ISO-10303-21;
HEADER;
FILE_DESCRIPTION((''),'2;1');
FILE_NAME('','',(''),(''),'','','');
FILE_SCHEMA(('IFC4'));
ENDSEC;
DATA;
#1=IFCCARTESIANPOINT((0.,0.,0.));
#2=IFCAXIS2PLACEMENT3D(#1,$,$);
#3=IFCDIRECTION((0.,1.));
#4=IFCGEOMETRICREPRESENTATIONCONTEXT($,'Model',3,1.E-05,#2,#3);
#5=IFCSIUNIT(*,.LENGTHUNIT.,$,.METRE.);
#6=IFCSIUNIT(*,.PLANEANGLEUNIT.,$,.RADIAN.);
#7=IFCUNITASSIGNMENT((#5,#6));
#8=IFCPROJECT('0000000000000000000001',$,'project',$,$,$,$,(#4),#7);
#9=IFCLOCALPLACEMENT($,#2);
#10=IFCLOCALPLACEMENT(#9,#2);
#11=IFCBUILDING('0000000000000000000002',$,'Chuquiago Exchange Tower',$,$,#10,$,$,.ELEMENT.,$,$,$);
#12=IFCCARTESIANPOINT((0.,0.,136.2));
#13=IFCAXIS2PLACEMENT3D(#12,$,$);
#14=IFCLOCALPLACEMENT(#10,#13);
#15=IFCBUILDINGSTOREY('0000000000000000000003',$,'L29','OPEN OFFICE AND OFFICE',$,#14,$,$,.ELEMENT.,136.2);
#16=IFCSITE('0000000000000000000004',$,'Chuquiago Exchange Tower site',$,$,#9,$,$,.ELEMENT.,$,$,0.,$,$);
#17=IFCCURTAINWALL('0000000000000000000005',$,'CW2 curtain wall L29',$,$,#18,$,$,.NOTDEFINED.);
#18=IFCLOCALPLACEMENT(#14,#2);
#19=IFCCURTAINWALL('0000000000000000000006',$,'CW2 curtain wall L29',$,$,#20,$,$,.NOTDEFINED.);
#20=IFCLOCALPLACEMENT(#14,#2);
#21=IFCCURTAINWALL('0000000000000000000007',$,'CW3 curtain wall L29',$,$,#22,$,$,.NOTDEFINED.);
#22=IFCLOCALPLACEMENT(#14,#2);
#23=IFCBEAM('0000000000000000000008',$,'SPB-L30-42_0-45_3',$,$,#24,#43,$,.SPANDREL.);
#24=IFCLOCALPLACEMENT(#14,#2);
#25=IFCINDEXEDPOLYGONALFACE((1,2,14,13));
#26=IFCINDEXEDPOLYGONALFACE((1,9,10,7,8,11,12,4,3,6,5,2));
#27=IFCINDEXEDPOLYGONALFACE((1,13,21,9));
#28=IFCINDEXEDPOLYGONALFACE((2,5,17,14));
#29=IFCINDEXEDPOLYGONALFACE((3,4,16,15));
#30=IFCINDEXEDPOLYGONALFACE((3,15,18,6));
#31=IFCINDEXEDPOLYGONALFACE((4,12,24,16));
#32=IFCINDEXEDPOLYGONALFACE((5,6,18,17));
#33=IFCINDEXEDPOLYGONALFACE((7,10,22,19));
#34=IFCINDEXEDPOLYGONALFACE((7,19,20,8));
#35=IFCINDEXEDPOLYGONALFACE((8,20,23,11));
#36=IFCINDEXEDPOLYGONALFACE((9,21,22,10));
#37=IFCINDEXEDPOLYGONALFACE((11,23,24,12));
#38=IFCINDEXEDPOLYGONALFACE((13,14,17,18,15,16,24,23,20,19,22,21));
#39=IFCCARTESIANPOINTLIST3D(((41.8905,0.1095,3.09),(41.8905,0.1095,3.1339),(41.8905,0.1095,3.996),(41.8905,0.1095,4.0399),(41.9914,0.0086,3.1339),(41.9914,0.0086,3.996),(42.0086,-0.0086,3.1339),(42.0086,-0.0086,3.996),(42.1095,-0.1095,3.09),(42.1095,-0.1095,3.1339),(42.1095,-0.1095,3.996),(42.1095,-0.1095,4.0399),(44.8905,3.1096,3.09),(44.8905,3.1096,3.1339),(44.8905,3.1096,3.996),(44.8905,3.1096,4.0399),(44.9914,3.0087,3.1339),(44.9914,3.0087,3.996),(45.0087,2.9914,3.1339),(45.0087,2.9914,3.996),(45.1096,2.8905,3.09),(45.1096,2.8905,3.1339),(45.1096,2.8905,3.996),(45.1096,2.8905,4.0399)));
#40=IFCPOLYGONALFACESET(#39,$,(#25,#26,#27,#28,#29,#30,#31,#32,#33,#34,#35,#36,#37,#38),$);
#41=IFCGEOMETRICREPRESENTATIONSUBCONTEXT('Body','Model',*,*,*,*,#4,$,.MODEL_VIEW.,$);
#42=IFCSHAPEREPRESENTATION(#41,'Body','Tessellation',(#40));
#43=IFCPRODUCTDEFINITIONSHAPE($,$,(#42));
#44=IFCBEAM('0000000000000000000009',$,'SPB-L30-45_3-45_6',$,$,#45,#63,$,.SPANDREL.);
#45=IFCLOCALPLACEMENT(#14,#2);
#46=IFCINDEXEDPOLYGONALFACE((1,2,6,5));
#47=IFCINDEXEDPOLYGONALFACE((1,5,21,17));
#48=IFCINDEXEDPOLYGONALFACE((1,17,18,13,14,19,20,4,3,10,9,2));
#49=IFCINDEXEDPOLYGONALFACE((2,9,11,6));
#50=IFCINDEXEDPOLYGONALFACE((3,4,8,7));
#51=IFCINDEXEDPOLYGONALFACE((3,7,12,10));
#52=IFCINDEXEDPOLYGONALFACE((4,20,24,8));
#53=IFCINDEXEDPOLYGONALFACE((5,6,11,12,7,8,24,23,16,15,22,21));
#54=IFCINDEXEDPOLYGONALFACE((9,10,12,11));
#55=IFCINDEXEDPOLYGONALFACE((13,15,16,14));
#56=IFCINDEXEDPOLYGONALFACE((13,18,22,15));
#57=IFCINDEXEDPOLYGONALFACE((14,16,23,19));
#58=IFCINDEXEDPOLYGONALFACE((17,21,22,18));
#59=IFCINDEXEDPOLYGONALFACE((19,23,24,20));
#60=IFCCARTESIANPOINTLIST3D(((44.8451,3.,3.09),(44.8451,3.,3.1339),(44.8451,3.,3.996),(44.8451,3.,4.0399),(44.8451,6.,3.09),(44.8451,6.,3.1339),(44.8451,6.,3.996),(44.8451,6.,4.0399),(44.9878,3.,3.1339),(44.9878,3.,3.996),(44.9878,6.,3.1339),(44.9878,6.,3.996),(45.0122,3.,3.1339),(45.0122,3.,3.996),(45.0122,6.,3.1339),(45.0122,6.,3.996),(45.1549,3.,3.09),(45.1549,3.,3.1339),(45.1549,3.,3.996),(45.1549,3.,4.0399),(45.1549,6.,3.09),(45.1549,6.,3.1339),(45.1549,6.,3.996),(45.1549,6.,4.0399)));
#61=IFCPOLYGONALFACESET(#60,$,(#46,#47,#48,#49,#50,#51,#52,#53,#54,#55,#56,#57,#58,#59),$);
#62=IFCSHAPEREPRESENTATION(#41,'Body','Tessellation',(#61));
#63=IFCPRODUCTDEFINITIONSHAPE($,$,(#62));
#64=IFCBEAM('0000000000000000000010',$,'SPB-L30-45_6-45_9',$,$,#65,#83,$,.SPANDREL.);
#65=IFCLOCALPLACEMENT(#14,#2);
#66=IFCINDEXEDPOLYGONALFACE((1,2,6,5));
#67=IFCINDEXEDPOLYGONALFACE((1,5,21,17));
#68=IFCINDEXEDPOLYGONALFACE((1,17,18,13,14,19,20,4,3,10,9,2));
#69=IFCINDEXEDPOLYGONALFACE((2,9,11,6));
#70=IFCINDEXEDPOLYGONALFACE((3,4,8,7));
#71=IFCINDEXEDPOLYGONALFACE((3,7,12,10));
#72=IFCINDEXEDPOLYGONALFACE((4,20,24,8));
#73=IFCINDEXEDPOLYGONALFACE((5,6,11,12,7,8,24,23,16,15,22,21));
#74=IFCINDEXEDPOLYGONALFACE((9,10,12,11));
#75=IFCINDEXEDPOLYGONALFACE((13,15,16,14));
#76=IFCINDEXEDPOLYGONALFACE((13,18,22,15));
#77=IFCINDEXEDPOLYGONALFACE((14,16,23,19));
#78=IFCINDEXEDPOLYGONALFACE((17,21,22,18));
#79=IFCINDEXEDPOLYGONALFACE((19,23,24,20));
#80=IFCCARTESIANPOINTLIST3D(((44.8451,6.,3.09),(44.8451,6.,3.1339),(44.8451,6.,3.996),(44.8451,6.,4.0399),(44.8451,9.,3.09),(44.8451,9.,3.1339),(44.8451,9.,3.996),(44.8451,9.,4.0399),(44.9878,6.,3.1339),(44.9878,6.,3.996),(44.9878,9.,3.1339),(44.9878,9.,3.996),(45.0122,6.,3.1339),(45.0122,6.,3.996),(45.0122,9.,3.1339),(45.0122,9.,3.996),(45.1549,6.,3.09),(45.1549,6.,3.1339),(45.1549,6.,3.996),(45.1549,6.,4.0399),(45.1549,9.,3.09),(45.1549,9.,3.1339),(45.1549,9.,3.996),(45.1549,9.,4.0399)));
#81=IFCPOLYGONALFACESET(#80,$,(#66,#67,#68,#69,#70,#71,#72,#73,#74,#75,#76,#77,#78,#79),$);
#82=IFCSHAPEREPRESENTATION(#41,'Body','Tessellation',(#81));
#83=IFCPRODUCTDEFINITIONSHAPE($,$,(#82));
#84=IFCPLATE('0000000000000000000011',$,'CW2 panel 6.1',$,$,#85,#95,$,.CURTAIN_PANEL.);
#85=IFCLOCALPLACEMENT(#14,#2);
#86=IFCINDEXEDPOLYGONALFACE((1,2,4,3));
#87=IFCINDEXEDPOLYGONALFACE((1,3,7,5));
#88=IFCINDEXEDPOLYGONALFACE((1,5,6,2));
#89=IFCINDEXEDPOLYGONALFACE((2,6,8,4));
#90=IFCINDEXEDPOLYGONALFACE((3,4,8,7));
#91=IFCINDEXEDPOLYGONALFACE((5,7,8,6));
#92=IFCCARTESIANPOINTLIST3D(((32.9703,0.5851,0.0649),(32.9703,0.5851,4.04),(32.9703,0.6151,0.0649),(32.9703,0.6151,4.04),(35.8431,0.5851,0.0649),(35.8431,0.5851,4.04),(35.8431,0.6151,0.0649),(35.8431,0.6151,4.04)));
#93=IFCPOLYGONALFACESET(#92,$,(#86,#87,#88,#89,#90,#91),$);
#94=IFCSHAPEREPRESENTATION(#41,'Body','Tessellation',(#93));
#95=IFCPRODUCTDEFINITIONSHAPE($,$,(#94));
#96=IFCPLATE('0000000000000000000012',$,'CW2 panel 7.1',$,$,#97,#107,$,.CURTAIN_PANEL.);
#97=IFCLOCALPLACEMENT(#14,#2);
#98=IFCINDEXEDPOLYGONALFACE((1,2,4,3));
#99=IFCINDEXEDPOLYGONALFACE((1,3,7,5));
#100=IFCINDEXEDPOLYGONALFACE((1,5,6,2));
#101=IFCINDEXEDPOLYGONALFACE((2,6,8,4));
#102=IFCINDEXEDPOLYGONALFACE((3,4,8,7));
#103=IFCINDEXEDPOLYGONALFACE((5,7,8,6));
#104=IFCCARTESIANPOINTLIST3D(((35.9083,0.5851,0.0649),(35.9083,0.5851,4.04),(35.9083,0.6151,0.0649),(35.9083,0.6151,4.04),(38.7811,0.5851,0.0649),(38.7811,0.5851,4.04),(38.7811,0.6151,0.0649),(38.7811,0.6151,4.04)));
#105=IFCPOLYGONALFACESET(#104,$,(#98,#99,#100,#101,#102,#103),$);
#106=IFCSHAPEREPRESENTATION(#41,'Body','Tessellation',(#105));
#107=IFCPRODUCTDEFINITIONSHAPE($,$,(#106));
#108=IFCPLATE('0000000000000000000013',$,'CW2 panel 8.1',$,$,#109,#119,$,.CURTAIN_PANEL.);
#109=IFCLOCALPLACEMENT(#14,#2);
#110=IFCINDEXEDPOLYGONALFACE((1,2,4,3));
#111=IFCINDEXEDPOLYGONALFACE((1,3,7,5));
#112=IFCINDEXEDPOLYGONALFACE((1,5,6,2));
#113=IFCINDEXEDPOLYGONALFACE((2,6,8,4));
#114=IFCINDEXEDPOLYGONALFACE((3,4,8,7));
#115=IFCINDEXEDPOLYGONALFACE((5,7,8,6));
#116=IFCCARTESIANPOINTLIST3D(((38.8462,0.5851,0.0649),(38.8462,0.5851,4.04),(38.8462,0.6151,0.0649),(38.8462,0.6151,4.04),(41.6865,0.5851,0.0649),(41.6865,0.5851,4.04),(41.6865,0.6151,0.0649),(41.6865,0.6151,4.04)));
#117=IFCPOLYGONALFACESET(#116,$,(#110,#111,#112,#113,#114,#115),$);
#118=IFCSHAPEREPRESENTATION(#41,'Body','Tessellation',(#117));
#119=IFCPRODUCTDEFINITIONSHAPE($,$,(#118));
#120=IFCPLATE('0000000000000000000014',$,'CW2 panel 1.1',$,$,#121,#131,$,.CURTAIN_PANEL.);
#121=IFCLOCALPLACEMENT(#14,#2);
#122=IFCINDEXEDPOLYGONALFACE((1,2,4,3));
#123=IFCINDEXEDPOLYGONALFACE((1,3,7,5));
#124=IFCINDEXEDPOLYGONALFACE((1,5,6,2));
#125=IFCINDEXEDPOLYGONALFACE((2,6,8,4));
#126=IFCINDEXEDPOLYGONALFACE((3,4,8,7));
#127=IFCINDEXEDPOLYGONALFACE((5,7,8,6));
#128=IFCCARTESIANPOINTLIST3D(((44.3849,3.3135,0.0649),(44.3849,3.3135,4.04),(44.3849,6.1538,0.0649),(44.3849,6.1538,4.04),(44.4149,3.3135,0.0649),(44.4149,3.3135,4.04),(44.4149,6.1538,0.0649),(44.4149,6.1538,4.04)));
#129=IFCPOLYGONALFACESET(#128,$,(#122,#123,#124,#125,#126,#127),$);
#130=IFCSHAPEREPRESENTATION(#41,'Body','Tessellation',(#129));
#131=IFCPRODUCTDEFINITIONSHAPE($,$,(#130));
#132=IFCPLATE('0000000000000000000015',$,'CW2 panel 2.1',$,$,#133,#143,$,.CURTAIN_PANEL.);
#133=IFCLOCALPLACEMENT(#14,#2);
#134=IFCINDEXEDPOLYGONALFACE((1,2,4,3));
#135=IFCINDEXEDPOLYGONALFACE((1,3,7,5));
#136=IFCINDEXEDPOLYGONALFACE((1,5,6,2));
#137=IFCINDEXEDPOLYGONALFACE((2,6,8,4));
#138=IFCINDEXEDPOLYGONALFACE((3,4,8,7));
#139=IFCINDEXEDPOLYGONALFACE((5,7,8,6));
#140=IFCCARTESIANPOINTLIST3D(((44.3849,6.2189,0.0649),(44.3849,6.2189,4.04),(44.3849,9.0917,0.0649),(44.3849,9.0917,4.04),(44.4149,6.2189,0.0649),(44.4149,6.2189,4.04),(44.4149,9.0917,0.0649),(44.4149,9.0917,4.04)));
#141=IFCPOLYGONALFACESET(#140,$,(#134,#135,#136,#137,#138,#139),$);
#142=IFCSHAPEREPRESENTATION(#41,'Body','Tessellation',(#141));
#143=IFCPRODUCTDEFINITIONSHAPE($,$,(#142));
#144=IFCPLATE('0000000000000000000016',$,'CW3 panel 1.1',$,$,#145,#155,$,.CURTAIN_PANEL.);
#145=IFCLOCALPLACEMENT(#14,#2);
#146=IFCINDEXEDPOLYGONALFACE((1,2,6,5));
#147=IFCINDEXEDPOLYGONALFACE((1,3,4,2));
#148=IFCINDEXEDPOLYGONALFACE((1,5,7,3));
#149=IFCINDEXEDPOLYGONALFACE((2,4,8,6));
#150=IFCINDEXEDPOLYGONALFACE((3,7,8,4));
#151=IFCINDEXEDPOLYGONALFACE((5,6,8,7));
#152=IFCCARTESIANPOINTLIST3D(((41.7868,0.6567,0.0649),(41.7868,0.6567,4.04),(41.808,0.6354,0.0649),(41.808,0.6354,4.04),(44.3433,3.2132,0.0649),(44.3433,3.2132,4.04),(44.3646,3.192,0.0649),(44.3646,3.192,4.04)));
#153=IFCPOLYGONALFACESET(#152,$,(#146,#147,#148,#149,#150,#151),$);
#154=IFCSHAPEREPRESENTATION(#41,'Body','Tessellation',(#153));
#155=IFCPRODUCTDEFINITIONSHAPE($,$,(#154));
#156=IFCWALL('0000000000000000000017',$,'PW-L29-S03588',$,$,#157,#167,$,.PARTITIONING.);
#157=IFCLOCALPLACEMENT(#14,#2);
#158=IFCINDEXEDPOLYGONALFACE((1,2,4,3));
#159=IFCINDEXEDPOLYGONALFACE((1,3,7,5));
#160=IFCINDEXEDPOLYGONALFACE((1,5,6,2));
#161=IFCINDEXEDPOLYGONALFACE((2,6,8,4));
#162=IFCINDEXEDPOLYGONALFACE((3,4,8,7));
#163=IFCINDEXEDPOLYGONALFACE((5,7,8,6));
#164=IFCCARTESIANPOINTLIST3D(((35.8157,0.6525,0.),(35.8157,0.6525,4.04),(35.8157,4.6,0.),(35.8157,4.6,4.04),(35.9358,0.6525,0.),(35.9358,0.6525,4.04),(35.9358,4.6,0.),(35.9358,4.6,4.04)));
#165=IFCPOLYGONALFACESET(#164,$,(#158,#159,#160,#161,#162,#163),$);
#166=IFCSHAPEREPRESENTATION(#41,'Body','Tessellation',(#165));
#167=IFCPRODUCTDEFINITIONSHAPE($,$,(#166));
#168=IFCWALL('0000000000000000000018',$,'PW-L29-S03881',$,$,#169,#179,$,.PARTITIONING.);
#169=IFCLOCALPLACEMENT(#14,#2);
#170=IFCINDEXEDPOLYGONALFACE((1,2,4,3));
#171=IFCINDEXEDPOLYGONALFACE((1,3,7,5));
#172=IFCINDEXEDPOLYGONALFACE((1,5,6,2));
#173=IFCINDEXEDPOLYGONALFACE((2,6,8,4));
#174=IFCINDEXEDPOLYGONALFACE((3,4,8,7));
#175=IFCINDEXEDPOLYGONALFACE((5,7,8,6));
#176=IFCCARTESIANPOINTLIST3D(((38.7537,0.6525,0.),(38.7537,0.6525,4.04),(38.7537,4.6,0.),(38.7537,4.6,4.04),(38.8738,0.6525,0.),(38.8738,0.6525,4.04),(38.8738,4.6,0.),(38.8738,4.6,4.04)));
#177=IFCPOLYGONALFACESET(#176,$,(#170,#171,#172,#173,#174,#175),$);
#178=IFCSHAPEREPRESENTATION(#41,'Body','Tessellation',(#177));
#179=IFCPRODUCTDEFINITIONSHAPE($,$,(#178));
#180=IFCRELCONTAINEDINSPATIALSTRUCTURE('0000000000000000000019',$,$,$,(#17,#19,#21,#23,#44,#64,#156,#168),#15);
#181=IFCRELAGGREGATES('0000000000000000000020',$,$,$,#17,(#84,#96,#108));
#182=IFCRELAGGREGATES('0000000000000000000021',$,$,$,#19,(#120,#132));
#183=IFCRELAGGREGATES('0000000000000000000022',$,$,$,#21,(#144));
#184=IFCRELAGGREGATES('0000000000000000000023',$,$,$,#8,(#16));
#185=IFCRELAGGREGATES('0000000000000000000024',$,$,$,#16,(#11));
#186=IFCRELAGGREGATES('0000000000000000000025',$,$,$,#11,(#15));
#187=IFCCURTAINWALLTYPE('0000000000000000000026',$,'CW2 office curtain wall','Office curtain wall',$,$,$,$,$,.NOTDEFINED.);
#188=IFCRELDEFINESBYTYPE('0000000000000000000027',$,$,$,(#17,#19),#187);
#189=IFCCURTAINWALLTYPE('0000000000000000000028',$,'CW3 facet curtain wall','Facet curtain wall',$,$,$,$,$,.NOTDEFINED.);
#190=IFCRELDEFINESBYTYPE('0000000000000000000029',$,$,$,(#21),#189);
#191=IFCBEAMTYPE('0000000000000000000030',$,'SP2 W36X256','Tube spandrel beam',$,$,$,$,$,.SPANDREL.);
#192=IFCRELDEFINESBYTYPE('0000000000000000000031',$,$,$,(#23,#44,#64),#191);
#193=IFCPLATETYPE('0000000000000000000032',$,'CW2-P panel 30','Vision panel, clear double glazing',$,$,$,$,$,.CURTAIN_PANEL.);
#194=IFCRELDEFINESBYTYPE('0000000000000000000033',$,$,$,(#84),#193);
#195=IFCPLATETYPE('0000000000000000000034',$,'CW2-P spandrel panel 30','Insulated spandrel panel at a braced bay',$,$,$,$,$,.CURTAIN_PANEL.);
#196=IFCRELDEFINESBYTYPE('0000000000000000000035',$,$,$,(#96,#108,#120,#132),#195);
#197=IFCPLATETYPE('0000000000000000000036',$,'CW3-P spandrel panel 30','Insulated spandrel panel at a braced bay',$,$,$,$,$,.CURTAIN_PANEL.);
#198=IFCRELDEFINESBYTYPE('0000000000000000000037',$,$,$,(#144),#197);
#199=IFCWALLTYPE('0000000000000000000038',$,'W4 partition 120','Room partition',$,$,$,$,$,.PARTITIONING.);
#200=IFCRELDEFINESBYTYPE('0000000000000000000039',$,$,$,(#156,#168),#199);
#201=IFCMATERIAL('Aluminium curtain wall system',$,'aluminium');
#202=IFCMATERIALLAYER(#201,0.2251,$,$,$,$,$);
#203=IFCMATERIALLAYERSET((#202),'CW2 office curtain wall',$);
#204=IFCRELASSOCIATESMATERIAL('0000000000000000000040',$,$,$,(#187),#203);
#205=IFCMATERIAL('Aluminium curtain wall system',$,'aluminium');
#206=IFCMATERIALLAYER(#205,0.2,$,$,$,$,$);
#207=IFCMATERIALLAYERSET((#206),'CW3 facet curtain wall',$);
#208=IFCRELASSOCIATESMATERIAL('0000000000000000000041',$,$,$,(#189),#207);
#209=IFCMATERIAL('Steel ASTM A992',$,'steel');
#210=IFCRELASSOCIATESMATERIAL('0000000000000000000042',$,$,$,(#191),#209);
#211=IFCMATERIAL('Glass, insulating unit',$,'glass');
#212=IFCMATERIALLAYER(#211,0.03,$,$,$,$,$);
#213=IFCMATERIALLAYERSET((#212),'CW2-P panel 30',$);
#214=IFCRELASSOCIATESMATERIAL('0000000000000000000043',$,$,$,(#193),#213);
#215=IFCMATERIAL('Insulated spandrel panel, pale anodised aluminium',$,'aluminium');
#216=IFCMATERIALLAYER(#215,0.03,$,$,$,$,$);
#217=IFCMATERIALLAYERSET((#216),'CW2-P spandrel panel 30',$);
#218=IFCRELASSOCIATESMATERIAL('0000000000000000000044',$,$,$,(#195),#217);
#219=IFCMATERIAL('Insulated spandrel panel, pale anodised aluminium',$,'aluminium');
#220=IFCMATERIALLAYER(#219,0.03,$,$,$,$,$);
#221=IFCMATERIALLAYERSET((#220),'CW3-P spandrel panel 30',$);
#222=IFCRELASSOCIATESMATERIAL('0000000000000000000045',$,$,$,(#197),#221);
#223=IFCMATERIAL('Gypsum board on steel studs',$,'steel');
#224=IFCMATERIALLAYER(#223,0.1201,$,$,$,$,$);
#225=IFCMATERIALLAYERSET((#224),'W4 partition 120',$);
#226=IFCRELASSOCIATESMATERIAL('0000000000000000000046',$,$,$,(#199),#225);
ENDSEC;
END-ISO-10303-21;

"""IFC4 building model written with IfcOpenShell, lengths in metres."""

from ifc_helpers import new_model, si_unit, direction, frame, frame_2d, origin, origin_2d, place, context, subcontext, project, spatial, rectangle, i_section, extrude, material, layer, layer_set, material_profile, profile_set, type_object, element, aggregate, save


model = new_model("IFC4")

# Units and contexts
model_context = context("Model", 3, precision=1e-05, world=origin(), true_north=direction((0.0, 1.0)))
body_context = subcontext(model_context, "Body", "Model", "MODEL_VIEW")
ifc_project = project(units=[si_unit("LENGTHUNIT", "METRE"), si_unit("PLANEANGLEUNIT", "RADIAN")], contexts=[model_context])

# Site, building, storey
site_placement = place(None, origin())
site = spatial("IfcSite", under=ifc_project, at=site_placement, Name="Chuquiago Exchange Tower site", CompositionType="ELEMENT", RefElevation=0.0)
building_placement = place(site_placement, origin())
building = spatial("IfcBuilding", under=site, at=building_placement, Name="Chuquiago Exchange Tower", CompositionType="ELEMENT")
storey_placement = place(building_placement, frame((0.0, 0.0, 136.2)))
storey = spatial("IfcBuildingStorey", under=building, at=storey_placement, Name="L29", Description="OPEN OFFICE AND OFFICE", CompositionType="ELEMENT", Elevation=136.2)

# Curtain walls
ifc_material_1 = material(Name="Aluminium curtain wall system", Category="aluminium")
ifc_layer_1 = layer(ifc_material_1, 0.2251)
ifc_layer_set_1 = layer_set([ifc_layer_1], Name="CW2 office curtain wall")
curtain_wall_type_1 = type_object("IfcCurtainWallType", Name="CW2 office curtain wall", Description="Office curtain wall", PredefinedType="NOTDEFINED", material=ifc_layer_set_1)
curtain_wall_1_placement = place(storey_placement, origin())
curtain_wall_1 = element("IfcCurtainWall", 1, at=curtain_wall_1_placement, inside=storey, type_object=curtain_wall_type_1, Name="CW2 curtain wall L29", PredefinedType="NOTDEFINED")
curtain_wall_2_placement = place(storey_placement, origin())
curtain_wall_2 = element("IfcCurtainWall", 2, at=curtain_wall_2_placement, inside=storey, type_object=curtain_wall_type_1, Name="CW2 curtain wall L29", PredefinedType="NOTDEFINED")

# Curtain wall
ifc_material_2 = material(Name="Aluminium curtain wall system", Category="aluminium")
ifc_layer_2 = layer(ifc_material_2, 0.2)
ifc_layer_set_2 = layer_set([ifc_layer_2], Name="CW3 facet curtain wall")
curtain_wall_type_2 = type_object("IfcCurtainWallType", Name="CW3 facet curtain wall", Description="Facet curtain wall", PredefinedType="NOTDEFINED", material=ifc_layer_set_2)
curtain_wall_3_placement = place(storey_placement, origin())
curtain_wall_3 = element("IfcCurtainWall", 3, at=curtain_wall_3_placement, inside=storey, type_object=curtain_wall_type_2, Name="CW3 curtain wall L29", PredefinedType="NOTDEFINED")

# Beams
ifc_material_3 = material(Name="Steel ASTM A992", Category="steel")
ifc_material_profile_1 = material_profile(ifc_material_3, i_section(OverallWidth=0.3098, OverallDepth=0.95, WebThickness=0.0244, FlangeThickness=0.0439, at=origin_2d()), Name="W36X256")
ifc_profile_set_1 = profile_set([ifc_material_profile_1], Name="Steel ASTM A992")
beam_type = type_object("IfcBeamType", Name="SP2 W36X256", Description="Tube spandrel beam", PredefinedType="SPANDREL", material=ifc_profile_set_1)
beam_placement = place(storey_placement, frame((42.0, 0.0, 3.5649), z_axis=(0.707107, 0.707107, 0.0), x_axis=(-0.707107, 0.707107, 0.0)))
element("IfcBeam", 4, at=beam_placement, inside=storey, type_object=beam_type, Name="SPB-L30-42_0-45_3", PredefinedType="SPANDREL", context=body_context, shape_type="SweptSolid", body=[
    extrude(i_section(OverallWidth=0.3098, OverallDepth=0.95, WebThickness=0.0244, FlangeThickness=0.0439, at=origin_2d()), origin(), (0.0, 0.0, 1.0), 4.2427),
])
for number, where, z_axis, x_axis, name in (
    (5, (45.0, 3.0, 3.5649), (0.0, 1.0, 0.0), (-1.0, 0.0, 0.0), "SPB-L30-45_3-45_6"),
    (6, (45.0, 6.0, 3.5649), (0.0, 1.0, 0.0), (-1.0, 0.0, 0.0), "SPB-L30-45_6-45_9"),
):
    element("IfcBeam", number, at=place(storey_placement, frame(where, z_axis=z_axis, x_axis=x_axis)), inside=storey, type_object=beam_type, Name=name, PredefinedType="SPANDREL", context=body_context, shape_type="SweptSolid", body=[
        extrude(i_section(OverallWidth=0.3098, OverallDepth=0.95, WebThickness=0.0244, FlangeThickness=0.0439, at=origin_2d()), origin(), (0.0, 0.0, 1.0), 3.0),
    ])

# Plates
ifc_material_4 = material(Name="Glass, insulating unit", Category="glass")
ifc_layer_3 = layer(ifc_material_4, 0.03)
ifc_layer_set_3 = layer_set([ifc_layer_3], Name="CW2-P panel 30")
plate_type_1 = type_object("IfcPlateType", Name="CW2-P panel 30", Description="Vision panel, clear double glazing", PredefinedType="CURTAIN_PANEL", material=ifc_layer_set_3)
plate_1_placement = place(storey_placement, frame((34.4067, 0.6001, 0.0649), z_axis=(0.0, 0.0, 1.0), x_axis=(1.0, 0.0, 0.0)))
plate_1 = element("IfcPlate", 7, at=plate_1_placement, type_object=plate_type_1, Name="CW2 panel 6.1", PredefinedType="CURTAIN_PANEL", context=body_context, shape_type="SweptSolid", body=[
    extrude(rectangle(XDim=2.8728, YDim=0.03, at=origin_2d()), origin(), (0.0, 0.0, 1.0), 3.9751),
])
ifc_material_5 = material(Name="Insulated spandrel panel, pale anodised aluminium", Category="aluminium")
ifc_layer_4 = layer(ifc_material_5, 0.03)
ifc_layer_set_4 = layer_set([ifc_layer_4], Name="CW2-P spandrel panel 30")
plate_type_2 = type_object("IfcPlateType", Name="CW2-P spandrel panel 30", Description="Insulated spandrel panel at a braced bay", PredefinedType="CURTAIN_PANEL", material=ifc_layer_set_4)
plate_2_placement = place(storey_placement, frame((37.3447, 0.6001, 0.0649), z_axis=(0.0, 0.0, 1.0), x_axis=(1.0, 0.0, 0.0)))
plate_2 = element("IfcPlate", 8, at=plate_2_placement, type_object=plate_type_2, Name="CW2 panel 7.1", PredefinedType="CURTAIN_PANEL", context=body_context, shape_type="SweptSolid", body=[
    extrude(rectangle(XDim=2.8728, YDim=0.03, at=origin_2d()), origin(), (0.0, 0.0, 1.0), 3.9751),
])
plate_3_placement = place(storey_placement, frame((40.2664, 0.6001, 0.0649), z_axis=(0.0, 0.0, 1.0), x_axis=(1.0, 0.0, 0.0)))
plate_3 = element("IfcPlate", 9, at=plate_3_placement, type_object=plate_type_2, Name="CW2 panel 8.1", PredefinedType="CURTAIN_PANEL", context=body_context, shape_type="SweptSolid", body=[
    extrude(rectangle(XDim=2.8403, YDim=0.03, at=origin_2d()), origin(), (0.0, 0.0, 1.0), 3.9751),
])
aggregate(curtain_wall_1, [plate_1, plate_2, plate_3])
plate_4_placement = place(storey_placement, frame((44.3999, 4.7336, 0.0649), z_axis=(0.0, 0.0, 1.0), x_axis=(0.0, 1.0, 0.0)))
plate_4 = element("IfcPlate", 10, at=plate_4_placement, type_object=plate_type_2, Name="CW2 panel 1.1", PredefinedType="CURTAIN_PANEL", context=body_context, shape_type="SweptSolid", body=[
    extrude(rectangle(XDim=2.8403, YDim=0.03, at=origin_2d()), origin(), (0.0, 0.0, 1.0), 3.9751),
])
plate_5_placement = place(storey_placement, frame((44.3999, 7.6553, 0.0649), z_axis=(0.0, 0.0, 1.0), x_axis=(0.0, 1.0, 0.0)))
plate_5 = element("IfcPlate", 11, at=plate_5_placement, type_object=plate_type_2, Name="CW2 panel 2.1", PredefinedType="CURTAIN_PANEL", context=body_context, shape_type="SweptSolid", body=[
    extrude(rectangle(XDim=2.8728, YDim=0.03, at=origin_2d()), origin(), (0.0, 0.0, 1.0), 3.9751),
])
aggregate(curtain_wall_2, [plate_4, plate_5])
ifc_material_6 = material(Name="Insulated spandrel panel, pale anodised aluminium", Category="aluminium")
ifc_layer_5 = layer(ifc_material_6, 0.03)
ifc_layer_set_5 = layer_set([ifc_layer_5], Name="CW3-P spandrel panel 30")
plate_type_3 = type_object("IfcPlateType", Name="CW3-P spandrel panel 30", Description="Insulated spandrel panel at a braced bay", PredefinedType="CURTAIN_PANEL", material=ifc_layer_set_5)
plate_6_placement = place(storey_placement, frame((43.0757, 1.9243, 0.0649), z_axis=(0.0, 0.0, 1.0), x_axis=(0.707107, 0.707107, 0.0)))
plate_6 = element("IfcPlate", 12, at=plate_6_placement, type_object=plate_type_3, Name="CW3 panel 1.1", PredefinedType="CURTAIN_PANEL", context=body_context, shape_type="SweptSolid", body=[
    extrude(rectangle(XDim=3.6155, YDim=0.03, at=origin_2d()), origin(), (0.0, 0.0, 1.0), 3.9751),
])
aggregate(curtain_wall_3, [plate_6])

# Walls
ifc_material_7 = material(Name="Gypsum board on steel studs", Category="steel")
ifc_layer_6 = layer(ifc_material_7, 0.1201)
ifc_layer_set_6 = layer_set([ifc_layer_6], Name="W4 partition 120")
wall_type = type_object("IfcWallType", Name="W4 partition 120", Description="Room partition", PredefinedType="PARTITIONING", material=ifc_layer_set_6)
for number, where, z_axis, x_axis, name in (
    (13, (35.8757, 0.6526, 0.0), (0.0, 0.0, 1.0), (0.0, 1.0, 0.0), "PW-L29-S03588"),
    (14, (38.8137, 0.6526, 0.0), (0.0, 0.0, 1.0), (0.0, 1.0, 0.0), "PW-L29-S03881"),
):
    element("IfcWall", number, at=place(storey_placement, frame(where, z_axis=z_axis, x_axis=x_axis)), inside=storey, type_object=wall_type, Name=name, PredefinedType="PARTITIONING", context=body_context, shape_type="SweptSolid", body=[
        extrude(rectangle(XDim=3.9475, YDim=0.1201, at=frame_2d((1.9736, 0.0))), origin(), (0.0, 0.0, 1.0), 4.04),
    ])

save(model, "model.ifc")
